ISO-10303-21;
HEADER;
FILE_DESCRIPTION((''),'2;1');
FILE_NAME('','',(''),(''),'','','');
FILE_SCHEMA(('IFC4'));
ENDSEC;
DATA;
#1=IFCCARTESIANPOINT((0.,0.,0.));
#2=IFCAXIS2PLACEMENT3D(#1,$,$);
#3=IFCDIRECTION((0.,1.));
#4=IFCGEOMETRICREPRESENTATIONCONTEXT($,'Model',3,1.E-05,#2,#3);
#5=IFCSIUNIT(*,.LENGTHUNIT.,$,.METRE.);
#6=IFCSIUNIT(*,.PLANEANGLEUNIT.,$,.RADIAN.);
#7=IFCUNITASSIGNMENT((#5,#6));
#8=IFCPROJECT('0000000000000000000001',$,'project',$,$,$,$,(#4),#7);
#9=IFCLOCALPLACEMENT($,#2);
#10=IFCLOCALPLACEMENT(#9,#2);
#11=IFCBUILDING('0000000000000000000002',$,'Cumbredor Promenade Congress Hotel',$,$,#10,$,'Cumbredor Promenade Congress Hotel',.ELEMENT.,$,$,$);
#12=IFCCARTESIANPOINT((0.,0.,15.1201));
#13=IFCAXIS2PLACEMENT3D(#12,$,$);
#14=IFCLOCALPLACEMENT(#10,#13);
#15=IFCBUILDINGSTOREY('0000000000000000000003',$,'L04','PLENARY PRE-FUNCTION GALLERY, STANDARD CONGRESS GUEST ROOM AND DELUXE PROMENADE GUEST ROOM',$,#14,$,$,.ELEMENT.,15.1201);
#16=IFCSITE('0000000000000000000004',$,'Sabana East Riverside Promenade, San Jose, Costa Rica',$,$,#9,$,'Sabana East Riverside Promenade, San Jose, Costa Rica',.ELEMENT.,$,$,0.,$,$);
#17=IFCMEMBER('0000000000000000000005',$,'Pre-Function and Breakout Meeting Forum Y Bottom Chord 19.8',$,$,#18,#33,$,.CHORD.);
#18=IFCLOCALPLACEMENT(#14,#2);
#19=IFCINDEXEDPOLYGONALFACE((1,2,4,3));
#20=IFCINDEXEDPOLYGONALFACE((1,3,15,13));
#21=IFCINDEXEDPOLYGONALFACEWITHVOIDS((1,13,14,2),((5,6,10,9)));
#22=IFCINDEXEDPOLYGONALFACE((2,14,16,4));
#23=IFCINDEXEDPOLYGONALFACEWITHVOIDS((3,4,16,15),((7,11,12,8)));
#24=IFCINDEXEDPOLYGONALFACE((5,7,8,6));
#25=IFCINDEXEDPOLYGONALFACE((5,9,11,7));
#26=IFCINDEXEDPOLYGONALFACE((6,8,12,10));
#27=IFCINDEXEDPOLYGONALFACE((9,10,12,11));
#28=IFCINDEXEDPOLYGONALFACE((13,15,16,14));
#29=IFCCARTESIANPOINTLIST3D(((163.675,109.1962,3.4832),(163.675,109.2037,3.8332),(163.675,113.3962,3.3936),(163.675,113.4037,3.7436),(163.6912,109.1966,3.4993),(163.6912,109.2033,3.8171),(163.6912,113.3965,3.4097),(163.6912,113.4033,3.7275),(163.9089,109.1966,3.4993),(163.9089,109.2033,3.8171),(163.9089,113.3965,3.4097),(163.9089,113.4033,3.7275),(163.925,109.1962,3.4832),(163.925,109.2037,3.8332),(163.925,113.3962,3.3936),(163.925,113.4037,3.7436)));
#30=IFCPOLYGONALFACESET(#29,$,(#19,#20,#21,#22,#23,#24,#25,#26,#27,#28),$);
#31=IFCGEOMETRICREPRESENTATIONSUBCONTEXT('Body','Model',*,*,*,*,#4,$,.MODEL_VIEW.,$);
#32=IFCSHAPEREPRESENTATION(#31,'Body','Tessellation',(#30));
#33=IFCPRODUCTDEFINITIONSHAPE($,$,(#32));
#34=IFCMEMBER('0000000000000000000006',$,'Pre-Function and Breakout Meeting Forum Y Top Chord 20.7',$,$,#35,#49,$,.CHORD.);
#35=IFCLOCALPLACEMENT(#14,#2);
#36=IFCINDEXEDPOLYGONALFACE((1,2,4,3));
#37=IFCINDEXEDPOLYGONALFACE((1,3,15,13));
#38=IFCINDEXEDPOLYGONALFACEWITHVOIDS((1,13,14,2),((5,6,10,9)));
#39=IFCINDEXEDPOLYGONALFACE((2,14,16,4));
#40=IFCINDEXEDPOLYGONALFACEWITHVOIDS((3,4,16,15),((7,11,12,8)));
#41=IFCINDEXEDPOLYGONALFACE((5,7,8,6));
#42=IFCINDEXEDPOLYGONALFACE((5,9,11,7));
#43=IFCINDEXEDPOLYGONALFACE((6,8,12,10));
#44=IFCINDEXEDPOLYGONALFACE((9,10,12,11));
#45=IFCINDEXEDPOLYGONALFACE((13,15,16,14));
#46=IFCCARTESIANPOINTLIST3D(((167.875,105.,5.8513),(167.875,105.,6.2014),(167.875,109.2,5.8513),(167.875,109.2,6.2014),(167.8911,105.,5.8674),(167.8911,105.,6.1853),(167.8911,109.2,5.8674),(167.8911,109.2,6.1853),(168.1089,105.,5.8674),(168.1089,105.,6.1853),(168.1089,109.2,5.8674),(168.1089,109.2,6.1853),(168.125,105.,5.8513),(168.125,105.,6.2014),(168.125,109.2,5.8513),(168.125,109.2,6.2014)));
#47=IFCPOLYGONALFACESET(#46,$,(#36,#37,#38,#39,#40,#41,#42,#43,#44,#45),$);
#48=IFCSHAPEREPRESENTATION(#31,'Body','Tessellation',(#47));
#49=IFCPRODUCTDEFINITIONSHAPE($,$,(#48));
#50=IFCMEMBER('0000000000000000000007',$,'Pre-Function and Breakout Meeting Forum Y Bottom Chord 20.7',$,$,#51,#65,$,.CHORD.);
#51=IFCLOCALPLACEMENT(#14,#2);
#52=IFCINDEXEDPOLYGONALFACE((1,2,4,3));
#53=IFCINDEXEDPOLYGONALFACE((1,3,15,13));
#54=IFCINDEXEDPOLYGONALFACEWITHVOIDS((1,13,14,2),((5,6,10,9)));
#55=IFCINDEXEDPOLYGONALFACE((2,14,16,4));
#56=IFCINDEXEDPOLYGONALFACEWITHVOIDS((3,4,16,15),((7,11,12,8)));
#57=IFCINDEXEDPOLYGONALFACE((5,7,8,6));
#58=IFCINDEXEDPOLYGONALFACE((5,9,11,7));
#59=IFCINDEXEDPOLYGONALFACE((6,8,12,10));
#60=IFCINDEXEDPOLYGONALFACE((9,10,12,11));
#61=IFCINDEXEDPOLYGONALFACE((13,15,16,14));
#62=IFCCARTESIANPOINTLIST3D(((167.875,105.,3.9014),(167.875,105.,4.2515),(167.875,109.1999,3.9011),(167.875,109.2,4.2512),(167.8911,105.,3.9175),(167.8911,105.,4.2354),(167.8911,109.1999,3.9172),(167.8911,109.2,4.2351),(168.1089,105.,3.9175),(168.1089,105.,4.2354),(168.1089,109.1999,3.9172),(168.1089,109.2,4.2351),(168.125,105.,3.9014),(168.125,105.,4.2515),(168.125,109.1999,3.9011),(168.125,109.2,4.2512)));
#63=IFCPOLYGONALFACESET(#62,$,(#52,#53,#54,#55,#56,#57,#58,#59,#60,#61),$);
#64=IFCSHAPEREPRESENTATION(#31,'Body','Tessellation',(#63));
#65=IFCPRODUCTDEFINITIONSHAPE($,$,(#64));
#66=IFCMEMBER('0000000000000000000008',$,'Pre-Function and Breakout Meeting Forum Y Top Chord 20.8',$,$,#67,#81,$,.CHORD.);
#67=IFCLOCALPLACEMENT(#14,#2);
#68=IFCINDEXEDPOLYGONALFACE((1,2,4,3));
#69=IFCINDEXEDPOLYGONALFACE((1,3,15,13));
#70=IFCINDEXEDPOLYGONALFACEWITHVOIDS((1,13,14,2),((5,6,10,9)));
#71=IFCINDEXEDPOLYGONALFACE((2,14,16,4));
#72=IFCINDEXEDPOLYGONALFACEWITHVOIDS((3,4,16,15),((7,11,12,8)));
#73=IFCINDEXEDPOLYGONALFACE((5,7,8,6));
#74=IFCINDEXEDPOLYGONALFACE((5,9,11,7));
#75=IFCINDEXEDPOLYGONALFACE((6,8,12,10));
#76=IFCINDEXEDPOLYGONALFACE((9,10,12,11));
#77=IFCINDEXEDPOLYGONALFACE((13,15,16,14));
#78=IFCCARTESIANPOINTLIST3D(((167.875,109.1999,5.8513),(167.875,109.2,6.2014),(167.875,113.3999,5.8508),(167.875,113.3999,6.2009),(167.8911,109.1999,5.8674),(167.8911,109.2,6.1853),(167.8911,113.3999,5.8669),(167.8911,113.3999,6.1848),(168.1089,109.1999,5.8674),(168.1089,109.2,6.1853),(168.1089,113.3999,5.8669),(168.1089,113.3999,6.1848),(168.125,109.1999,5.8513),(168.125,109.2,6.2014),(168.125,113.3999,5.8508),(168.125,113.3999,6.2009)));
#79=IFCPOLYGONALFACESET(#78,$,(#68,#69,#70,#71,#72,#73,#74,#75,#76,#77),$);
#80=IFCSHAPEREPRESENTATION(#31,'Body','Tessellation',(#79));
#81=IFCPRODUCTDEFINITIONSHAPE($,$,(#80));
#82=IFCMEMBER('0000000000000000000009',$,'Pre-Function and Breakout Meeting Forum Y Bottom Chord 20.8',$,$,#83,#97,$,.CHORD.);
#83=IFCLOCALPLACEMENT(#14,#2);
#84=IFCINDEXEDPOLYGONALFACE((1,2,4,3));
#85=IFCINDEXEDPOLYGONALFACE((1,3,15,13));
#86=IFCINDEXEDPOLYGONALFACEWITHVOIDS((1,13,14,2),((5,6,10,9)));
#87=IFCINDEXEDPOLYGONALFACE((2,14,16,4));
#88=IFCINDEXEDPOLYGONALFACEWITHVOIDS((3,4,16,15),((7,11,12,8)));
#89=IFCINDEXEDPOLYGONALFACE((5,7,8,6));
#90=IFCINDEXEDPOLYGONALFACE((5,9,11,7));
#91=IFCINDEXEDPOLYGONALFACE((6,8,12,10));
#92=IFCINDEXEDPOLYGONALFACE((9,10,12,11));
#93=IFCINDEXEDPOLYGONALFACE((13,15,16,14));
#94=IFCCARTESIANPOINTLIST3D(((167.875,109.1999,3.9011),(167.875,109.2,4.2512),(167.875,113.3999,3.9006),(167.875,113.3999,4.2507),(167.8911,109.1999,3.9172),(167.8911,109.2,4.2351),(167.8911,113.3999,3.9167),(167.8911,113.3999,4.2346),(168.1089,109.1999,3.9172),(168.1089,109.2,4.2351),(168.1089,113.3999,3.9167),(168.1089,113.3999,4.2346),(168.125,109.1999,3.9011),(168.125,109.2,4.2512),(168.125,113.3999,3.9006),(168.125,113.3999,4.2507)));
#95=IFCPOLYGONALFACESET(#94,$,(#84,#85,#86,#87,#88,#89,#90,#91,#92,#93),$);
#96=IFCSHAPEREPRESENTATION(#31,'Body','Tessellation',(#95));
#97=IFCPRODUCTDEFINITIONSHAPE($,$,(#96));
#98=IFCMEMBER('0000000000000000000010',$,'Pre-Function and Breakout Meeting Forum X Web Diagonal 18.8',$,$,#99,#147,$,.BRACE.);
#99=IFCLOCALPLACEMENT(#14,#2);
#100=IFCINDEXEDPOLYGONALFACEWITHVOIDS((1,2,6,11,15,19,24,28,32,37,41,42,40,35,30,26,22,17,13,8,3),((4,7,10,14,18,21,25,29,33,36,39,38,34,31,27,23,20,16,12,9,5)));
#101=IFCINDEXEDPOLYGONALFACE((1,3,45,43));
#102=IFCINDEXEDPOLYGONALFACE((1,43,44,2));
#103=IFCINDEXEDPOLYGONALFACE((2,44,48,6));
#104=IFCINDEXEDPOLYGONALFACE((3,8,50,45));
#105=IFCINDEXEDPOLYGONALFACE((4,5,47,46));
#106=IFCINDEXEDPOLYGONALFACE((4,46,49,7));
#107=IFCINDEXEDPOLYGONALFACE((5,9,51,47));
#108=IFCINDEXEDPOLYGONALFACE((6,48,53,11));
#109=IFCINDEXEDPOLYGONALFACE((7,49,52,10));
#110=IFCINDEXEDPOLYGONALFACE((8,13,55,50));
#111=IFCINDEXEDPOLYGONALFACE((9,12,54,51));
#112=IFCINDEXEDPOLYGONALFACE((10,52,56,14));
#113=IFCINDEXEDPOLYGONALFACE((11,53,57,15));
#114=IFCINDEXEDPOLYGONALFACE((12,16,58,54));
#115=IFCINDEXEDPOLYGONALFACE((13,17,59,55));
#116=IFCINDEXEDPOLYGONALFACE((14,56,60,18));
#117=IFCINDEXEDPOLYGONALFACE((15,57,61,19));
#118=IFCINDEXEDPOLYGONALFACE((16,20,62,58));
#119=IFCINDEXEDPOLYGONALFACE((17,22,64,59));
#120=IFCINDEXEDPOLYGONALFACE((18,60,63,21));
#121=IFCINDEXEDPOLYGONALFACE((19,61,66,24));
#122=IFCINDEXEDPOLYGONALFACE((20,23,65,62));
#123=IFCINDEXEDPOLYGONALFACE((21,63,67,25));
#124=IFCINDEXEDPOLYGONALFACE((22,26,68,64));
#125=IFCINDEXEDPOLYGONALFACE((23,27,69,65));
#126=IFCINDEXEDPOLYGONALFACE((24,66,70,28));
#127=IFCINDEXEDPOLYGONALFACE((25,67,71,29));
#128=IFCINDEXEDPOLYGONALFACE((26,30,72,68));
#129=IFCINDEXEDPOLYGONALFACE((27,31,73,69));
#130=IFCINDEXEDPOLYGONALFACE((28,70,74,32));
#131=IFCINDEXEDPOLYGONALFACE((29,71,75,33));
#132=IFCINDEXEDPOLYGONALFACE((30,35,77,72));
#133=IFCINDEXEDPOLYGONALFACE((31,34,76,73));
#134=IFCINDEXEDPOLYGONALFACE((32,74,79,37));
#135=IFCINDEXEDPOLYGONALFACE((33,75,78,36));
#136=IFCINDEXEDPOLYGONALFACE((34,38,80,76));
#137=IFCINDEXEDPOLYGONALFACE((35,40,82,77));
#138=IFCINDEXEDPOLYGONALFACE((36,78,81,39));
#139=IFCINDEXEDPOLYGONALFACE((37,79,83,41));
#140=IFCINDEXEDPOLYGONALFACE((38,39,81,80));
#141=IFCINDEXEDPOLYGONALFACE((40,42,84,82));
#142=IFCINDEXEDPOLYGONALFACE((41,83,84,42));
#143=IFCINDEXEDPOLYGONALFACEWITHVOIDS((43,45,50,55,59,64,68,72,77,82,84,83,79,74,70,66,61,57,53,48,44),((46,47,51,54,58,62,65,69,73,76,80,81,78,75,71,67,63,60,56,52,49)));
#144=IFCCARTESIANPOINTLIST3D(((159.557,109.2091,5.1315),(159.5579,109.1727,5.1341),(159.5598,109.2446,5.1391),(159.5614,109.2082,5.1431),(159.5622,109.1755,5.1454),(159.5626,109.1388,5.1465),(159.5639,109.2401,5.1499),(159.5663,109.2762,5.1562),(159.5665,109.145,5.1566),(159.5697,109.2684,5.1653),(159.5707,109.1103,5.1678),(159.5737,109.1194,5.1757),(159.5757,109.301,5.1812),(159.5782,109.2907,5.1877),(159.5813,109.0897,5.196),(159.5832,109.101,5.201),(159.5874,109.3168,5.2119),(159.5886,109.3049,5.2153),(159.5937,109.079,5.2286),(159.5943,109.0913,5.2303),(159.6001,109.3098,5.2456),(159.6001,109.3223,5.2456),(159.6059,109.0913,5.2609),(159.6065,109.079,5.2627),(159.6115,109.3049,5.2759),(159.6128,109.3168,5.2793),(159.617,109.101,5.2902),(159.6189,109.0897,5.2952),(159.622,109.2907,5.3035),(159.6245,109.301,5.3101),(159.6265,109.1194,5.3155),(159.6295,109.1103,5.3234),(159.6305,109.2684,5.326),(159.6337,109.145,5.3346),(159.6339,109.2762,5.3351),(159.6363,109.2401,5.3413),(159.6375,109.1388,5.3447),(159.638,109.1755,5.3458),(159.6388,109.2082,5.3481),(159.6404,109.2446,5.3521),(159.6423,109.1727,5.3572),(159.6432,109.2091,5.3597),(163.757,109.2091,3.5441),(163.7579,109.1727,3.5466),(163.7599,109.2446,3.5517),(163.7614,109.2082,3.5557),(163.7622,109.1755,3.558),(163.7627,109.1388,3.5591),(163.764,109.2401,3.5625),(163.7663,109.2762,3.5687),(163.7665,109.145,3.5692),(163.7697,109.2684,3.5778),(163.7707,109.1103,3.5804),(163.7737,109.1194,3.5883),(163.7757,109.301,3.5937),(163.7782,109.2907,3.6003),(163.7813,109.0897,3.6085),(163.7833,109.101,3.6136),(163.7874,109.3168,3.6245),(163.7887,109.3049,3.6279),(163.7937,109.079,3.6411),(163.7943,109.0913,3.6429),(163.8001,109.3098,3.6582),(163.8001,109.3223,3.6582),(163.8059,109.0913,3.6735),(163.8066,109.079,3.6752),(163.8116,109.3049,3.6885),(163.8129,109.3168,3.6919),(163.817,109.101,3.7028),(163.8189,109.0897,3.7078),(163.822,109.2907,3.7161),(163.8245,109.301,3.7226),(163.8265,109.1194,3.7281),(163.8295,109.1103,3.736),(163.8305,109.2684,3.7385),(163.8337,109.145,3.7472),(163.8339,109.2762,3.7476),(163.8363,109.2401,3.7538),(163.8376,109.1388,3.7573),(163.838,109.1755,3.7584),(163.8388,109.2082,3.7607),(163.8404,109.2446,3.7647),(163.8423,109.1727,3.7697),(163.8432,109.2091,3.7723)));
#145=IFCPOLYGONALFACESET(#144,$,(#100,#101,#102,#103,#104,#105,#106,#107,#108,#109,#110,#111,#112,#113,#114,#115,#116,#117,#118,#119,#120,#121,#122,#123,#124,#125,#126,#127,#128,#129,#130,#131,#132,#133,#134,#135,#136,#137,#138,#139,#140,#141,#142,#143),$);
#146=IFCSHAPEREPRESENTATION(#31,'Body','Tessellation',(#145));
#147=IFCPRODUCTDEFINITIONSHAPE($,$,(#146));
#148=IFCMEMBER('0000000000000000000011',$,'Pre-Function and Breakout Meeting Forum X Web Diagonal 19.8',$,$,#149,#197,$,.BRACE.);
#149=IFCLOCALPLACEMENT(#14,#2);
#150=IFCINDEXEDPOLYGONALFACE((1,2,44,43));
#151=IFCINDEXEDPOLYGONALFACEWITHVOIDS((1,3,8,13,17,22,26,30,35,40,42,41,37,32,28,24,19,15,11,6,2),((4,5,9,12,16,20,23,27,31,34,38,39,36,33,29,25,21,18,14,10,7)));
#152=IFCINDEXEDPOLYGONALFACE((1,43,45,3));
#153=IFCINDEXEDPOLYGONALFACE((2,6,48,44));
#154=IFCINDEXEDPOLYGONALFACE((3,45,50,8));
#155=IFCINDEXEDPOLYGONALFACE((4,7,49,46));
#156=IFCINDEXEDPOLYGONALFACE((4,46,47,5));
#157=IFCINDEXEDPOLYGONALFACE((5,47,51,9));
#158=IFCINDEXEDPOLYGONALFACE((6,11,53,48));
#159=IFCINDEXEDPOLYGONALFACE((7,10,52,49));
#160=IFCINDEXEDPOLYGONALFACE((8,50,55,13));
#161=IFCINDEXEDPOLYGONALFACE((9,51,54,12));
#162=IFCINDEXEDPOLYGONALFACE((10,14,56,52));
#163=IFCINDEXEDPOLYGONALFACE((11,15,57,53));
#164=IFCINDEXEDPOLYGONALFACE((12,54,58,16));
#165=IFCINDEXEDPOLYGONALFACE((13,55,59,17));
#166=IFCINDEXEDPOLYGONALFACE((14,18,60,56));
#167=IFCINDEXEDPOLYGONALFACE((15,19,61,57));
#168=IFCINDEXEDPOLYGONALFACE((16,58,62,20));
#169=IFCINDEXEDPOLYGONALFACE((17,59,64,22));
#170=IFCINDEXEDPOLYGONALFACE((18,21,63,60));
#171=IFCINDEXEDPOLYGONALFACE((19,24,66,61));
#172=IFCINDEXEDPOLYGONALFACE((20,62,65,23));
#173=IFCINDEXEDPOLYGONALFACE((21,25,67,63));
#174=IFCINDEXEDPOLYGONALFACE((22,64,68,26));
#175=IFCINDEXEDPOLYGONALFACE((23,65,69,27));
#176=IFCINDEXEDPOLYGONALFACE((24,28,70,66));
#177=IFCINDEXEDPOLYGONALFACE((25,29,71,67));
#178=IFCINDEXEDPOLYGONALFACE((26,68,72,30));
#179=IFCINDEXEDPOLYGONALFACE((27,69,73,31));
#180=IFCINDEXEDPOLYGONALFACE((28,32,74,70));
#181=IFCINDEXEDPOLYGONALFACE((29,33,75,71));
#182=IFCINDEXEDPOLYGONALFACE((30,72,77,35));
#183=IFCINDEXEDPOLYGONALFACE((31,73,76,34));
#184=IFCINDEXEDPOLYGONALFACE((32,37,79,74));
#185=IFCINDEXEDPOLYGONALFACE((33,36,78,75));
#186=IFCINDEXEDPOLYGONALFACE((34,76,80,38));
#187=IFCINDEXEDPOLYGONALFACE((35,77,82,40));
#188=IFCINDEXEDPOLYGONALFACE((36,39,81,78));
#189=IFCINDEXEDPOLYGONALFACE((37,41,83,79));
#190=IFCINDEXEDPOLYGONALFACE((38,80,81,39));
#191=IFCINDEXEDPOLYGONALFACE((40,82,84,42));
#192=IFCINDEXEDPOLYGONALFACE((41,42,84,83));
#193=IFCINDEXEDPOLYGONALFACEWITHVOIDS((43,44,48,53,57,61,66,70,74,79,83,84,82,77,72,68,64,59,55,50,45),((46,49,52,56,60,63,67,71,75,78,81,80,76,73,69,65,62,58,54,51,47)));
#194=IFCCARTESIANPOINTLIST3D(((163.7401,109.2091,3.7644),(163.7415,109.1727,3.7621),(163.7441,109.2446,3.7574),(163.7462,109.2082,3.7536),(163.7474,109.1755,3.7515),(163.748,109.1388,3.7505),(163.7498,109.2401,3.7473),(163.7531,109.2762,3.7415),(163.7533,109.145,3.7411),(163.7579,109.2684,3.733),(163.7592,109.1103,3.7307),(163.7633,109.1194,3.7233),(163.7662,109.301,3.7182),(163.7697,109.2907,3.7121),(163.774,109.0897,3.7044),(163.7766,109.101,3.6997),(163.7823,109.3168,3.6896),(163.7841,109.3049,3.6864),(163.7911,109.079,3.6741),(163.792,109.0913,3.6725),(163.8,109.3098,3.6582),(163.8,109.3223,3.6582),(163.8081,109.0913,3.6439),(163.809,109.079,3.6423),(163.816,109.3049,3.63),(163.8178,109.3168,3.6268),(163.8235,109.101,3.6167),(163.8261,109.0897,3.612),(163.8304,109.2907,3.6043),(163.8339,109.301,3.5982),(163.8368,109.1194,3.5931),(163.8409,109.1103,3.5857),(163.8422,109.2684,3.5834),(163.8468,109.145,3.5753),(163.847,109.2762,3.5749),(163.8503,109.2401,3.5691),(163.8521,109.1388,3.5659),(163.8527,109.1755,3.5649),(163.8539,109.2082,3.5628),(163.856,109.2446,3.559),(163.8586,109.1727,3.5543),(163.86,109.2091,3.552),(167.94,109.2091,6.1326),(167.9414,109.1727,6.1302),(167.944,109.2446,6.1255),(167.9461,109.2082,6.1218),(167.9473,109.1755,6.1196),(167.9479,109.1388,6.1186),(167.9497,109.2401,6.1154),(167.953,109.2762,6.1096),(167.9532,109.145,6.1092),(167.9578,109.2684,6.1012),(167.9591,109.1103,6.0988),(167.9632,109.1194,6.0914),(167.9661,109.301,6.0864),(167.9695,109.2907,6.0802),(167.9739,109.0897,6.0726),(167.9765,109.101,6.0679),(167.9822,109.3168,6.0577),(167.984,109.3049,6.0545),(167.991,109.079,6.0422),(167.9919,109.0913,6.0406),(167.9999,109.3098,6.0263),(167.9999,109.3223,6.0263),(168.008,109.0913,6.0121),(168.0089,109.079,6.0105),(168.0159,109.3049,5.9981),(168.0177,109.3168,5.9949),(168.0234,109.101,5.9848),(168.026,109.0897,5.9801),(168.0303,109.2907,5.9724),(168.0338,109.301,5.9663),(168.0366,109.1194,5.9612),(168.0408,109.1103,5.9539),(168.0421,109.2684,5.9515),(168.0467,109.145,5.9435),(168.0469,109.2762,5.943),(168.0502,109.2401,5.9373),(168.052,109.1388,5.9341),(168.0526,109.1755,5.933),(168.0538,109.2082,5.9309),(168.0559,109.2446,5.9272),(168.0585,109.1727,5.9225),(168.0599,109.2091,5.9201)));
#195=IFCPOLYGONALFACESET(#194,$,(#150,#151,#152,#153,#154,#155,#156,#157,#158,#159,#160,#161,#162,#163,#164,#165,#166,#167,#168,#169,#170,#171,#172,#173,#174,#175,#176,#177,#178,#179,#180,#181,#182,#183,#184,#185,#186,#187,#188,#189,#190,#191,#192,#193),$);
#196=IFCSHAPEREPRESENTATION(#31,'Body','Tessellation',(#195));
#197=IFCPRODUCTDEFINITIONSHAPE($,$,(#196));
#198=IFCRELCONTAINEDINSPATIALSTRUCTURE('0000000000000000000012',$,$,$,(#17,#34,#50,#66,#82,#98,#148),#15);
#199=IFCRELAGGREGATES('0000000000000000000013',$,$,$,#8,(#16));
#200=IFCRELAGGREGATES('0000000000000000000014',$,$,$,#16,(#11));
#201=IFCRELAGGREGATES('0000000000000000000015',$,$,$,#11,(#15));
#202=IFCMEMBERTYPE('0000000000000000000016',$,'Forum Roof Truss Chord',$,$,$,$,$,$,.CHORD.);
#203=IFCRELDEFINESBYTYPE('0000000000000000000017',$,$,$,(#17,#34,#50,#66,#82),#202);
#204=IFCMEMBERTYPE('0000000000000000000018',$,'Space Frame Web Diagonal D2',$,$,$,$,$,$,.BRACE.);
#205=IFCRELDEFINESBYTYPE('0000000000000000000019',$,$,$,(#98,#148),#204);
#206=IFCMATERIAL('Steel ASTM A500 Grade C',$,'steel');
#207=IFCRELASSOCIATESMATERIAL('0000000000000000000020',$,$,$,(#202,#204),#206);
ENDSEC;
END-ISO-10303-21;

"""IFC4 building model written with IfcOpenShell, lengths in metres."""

from ifc_helpers import new_model, si_unit, direction, frame, origin, origin_2d, place, context, subcontext, project, spatial, hollow_rectangle, hollow_circle, extrude, material, material_profile, profile_set, type_object, element, save


model = new_model("IFC4")

# Units and contexts
model_context = context("Model", 3, precision=1e-05, world=origin(), true_north=direction((0.0, 1.0)))
body_context = subcontext(model_context, "Body", "Model", "MODEL_VIEW")
ifc_project = project(units=[si_unit("LENGTHUNIT", "METRE"), si_unit("PLANEANGLEUNIT", "RADIAN")], contexts=[model_context])

# Site, building, storey
site_placement = place(None, origin())
site = spatial("IfcSite", under=ifc_project, at=site_placement, Name="Sabana East Riverside Promenade, San Jose, Costa Rica", LongName="Sabana East Riverside Promenade, San Jose, Costa Rica", CompositionType="ELEMENT", RefElevation=0.0)
building_placement = place(site_placement, origin())
building = spatial("IfcBuilding", under=site, at=building_placement, Name="Cumbredor Promenade Congress Hotel", LongName="Cumbredor Promenade Congress Hotel", CompositionType="ELEMENT")
storey_placement = place(building_placement, frame((0.0, 0.0, 15.1201)))
storey = spatial("IfcBuildingStorey", under=building, at=storey_placement, Name="L04", Description="PLENARY PRE-FUNCTION GALLERY, STANDARD CONGRESS GUEST ROOM AND DELUXE PROMENADE GUEST ROOM", CompositionType="ELEMENT", Elevation=15.1201)

# Members
ifc_material_1 = material(Name="Steel ASTM A500 Grade C", Category="steel")
ifc_material_profile_1 = material_profile(ifc_material_1, hollow_rectangle(XDim=0.25, YDim=0.3501, WallThickness=0.0161, at=origin_2d()), Name="HSS 350x250x16")
ifc_profile_set_1 = profile_set([ifc_material_profile_1], Name="Steel ASTM A500 Grade C")
member_type_1 = type_object("IfcMemberType", Name="Forum Roof Truss Chord", PredefinedType="CHORD", material=ifc_profile_set_1)
for number, where, z_axis, x_axis, name in (
    (1, (163.8, 109.2, 3.6582), (0.0, 0.999773, -0.021329), (-1.0, 0.0, 0.0), "Pre-Function and Breakout Meeting Forum Y Bottom Chord 19.8"),
):
    element("IfcMember", number, at=place(storey_placement, frame(where, z_axis=z_axis, x_axis=x_axis)), inside=storey, type_object=member_type_1, Name=name, PredefinedType="CHORD", context=body_context, shape_type="SweptSolid", body=[
        extrude(hollow_rectangle(XDim=0.25, YDim=0.3501, WallThickness=0.0161, at=origin_2d()), origin(), (0.0, 0.0, 1.0), 4.2009),
    ])
for number, where, z_axis, x_axis, name in (
    (2, (168.0, 105.0, 6.0264), (0.0, 1.0, 0.0), (-1.0, 0.0, 0.0), "Pre-Function and Breakout Meeting Forum Y Top Chord 20.7"),
    (3, (168.0, 105.0, 4.0764), (0.0, 1.0, -0.000058), (-1.0, 0.0, 0.0), "Pre-Function and Breakout Meeting Forum Y Bottom Chord 20.7"),
    (4, (168.0, 109.2, 6.0264), (0.0, 1.0, -0.000116), (-1.0, 0.0, 0.0), "Pre-Function and Breakout Meeting Forum Y Top Chord 20.8"),
    (5, (168.0, 109.2, 4.0762), (0.0, 1.0, -0.000116), (-1.0, 0.0, 0.0), "Pre-Function and Breakout Meeting Forum Y Bottom Chord 20.8"),
):
    element("IfcMember", number, at=place(storey_placement, frame(where, z_axis=z_axis, x_axis=x_axis)), inside=storey, type_object=member_type_1, Name=name, PredefinedType="CHORD", context=body_context, shape_type="SweptSolid", body=[
        extrude(hollow_rectangle(XDim=0.25, YDim=0.3501, WallThickness=0.0161, at=origin_2d()), origin(), (0.0, 0.0, 1.0), 4.2),
    ])
ifc_material_profile_2 = material_profile(ifc_material_1, hollow_circle(Radius=0.1223, WallThickness=0.0125, at=origin_2d()), Name="CHS 244.5x12.5")
ifc_profile_set_2 = profile_set([ifc_material_profile_2], Name="Steel ASTM A500 Grade C")
member_type_2 = type_object("IfcMemberType", Name="Space Frame Web Diagonal D2", PredefinedType="BRACE", material=ifc_profile_set_2)
member_1_placement = place(storey_placement, frame((159.6001, 109.2, 5.2456), z_axis=(0.935417, 0.0, -0.353548), x_axis=(0.0, 1.0, 0.0)))
element("IfcMember", 6, at=member_1_placement, inside=storey, type_object=member_type_2, Name="Pre-Function and Breakout Meeting Forum X Web Diagonal 18.8", PredefinedType="BRACE", context=body_context, shape_type="SweptSolid", body=[
    extrude(hollow_circle(Radius=0.1223, WallThickness=0.0125, at=origin_2d()), origin(), (0.0, 0.0, 1.0), 4.49),
])
member_2_placement = place(storey_placement, frame((163.8, 109.2, 3.6582), z_axis=(0.871071, 0.0, 0.491158), x_axis=(0.0, 1.0, 0.0)))
element("IfcMember", 7, at=member_2_placement, inside=storey, type_object=member_type_2, Name="Pre-Function and Breakout Meeting Forum X Web Diagonal 19.8", PredefinedType="BRACE", context=body_context, shape_type="SweptSolid", body=[
    extrude(hollow_circle(Radius=0.1223, WallThickness=0.0125, at=origin_2d()), origin(), (0.0, 0.0, 1.0), 4.8215),
])

save(model, "model.ifc")
